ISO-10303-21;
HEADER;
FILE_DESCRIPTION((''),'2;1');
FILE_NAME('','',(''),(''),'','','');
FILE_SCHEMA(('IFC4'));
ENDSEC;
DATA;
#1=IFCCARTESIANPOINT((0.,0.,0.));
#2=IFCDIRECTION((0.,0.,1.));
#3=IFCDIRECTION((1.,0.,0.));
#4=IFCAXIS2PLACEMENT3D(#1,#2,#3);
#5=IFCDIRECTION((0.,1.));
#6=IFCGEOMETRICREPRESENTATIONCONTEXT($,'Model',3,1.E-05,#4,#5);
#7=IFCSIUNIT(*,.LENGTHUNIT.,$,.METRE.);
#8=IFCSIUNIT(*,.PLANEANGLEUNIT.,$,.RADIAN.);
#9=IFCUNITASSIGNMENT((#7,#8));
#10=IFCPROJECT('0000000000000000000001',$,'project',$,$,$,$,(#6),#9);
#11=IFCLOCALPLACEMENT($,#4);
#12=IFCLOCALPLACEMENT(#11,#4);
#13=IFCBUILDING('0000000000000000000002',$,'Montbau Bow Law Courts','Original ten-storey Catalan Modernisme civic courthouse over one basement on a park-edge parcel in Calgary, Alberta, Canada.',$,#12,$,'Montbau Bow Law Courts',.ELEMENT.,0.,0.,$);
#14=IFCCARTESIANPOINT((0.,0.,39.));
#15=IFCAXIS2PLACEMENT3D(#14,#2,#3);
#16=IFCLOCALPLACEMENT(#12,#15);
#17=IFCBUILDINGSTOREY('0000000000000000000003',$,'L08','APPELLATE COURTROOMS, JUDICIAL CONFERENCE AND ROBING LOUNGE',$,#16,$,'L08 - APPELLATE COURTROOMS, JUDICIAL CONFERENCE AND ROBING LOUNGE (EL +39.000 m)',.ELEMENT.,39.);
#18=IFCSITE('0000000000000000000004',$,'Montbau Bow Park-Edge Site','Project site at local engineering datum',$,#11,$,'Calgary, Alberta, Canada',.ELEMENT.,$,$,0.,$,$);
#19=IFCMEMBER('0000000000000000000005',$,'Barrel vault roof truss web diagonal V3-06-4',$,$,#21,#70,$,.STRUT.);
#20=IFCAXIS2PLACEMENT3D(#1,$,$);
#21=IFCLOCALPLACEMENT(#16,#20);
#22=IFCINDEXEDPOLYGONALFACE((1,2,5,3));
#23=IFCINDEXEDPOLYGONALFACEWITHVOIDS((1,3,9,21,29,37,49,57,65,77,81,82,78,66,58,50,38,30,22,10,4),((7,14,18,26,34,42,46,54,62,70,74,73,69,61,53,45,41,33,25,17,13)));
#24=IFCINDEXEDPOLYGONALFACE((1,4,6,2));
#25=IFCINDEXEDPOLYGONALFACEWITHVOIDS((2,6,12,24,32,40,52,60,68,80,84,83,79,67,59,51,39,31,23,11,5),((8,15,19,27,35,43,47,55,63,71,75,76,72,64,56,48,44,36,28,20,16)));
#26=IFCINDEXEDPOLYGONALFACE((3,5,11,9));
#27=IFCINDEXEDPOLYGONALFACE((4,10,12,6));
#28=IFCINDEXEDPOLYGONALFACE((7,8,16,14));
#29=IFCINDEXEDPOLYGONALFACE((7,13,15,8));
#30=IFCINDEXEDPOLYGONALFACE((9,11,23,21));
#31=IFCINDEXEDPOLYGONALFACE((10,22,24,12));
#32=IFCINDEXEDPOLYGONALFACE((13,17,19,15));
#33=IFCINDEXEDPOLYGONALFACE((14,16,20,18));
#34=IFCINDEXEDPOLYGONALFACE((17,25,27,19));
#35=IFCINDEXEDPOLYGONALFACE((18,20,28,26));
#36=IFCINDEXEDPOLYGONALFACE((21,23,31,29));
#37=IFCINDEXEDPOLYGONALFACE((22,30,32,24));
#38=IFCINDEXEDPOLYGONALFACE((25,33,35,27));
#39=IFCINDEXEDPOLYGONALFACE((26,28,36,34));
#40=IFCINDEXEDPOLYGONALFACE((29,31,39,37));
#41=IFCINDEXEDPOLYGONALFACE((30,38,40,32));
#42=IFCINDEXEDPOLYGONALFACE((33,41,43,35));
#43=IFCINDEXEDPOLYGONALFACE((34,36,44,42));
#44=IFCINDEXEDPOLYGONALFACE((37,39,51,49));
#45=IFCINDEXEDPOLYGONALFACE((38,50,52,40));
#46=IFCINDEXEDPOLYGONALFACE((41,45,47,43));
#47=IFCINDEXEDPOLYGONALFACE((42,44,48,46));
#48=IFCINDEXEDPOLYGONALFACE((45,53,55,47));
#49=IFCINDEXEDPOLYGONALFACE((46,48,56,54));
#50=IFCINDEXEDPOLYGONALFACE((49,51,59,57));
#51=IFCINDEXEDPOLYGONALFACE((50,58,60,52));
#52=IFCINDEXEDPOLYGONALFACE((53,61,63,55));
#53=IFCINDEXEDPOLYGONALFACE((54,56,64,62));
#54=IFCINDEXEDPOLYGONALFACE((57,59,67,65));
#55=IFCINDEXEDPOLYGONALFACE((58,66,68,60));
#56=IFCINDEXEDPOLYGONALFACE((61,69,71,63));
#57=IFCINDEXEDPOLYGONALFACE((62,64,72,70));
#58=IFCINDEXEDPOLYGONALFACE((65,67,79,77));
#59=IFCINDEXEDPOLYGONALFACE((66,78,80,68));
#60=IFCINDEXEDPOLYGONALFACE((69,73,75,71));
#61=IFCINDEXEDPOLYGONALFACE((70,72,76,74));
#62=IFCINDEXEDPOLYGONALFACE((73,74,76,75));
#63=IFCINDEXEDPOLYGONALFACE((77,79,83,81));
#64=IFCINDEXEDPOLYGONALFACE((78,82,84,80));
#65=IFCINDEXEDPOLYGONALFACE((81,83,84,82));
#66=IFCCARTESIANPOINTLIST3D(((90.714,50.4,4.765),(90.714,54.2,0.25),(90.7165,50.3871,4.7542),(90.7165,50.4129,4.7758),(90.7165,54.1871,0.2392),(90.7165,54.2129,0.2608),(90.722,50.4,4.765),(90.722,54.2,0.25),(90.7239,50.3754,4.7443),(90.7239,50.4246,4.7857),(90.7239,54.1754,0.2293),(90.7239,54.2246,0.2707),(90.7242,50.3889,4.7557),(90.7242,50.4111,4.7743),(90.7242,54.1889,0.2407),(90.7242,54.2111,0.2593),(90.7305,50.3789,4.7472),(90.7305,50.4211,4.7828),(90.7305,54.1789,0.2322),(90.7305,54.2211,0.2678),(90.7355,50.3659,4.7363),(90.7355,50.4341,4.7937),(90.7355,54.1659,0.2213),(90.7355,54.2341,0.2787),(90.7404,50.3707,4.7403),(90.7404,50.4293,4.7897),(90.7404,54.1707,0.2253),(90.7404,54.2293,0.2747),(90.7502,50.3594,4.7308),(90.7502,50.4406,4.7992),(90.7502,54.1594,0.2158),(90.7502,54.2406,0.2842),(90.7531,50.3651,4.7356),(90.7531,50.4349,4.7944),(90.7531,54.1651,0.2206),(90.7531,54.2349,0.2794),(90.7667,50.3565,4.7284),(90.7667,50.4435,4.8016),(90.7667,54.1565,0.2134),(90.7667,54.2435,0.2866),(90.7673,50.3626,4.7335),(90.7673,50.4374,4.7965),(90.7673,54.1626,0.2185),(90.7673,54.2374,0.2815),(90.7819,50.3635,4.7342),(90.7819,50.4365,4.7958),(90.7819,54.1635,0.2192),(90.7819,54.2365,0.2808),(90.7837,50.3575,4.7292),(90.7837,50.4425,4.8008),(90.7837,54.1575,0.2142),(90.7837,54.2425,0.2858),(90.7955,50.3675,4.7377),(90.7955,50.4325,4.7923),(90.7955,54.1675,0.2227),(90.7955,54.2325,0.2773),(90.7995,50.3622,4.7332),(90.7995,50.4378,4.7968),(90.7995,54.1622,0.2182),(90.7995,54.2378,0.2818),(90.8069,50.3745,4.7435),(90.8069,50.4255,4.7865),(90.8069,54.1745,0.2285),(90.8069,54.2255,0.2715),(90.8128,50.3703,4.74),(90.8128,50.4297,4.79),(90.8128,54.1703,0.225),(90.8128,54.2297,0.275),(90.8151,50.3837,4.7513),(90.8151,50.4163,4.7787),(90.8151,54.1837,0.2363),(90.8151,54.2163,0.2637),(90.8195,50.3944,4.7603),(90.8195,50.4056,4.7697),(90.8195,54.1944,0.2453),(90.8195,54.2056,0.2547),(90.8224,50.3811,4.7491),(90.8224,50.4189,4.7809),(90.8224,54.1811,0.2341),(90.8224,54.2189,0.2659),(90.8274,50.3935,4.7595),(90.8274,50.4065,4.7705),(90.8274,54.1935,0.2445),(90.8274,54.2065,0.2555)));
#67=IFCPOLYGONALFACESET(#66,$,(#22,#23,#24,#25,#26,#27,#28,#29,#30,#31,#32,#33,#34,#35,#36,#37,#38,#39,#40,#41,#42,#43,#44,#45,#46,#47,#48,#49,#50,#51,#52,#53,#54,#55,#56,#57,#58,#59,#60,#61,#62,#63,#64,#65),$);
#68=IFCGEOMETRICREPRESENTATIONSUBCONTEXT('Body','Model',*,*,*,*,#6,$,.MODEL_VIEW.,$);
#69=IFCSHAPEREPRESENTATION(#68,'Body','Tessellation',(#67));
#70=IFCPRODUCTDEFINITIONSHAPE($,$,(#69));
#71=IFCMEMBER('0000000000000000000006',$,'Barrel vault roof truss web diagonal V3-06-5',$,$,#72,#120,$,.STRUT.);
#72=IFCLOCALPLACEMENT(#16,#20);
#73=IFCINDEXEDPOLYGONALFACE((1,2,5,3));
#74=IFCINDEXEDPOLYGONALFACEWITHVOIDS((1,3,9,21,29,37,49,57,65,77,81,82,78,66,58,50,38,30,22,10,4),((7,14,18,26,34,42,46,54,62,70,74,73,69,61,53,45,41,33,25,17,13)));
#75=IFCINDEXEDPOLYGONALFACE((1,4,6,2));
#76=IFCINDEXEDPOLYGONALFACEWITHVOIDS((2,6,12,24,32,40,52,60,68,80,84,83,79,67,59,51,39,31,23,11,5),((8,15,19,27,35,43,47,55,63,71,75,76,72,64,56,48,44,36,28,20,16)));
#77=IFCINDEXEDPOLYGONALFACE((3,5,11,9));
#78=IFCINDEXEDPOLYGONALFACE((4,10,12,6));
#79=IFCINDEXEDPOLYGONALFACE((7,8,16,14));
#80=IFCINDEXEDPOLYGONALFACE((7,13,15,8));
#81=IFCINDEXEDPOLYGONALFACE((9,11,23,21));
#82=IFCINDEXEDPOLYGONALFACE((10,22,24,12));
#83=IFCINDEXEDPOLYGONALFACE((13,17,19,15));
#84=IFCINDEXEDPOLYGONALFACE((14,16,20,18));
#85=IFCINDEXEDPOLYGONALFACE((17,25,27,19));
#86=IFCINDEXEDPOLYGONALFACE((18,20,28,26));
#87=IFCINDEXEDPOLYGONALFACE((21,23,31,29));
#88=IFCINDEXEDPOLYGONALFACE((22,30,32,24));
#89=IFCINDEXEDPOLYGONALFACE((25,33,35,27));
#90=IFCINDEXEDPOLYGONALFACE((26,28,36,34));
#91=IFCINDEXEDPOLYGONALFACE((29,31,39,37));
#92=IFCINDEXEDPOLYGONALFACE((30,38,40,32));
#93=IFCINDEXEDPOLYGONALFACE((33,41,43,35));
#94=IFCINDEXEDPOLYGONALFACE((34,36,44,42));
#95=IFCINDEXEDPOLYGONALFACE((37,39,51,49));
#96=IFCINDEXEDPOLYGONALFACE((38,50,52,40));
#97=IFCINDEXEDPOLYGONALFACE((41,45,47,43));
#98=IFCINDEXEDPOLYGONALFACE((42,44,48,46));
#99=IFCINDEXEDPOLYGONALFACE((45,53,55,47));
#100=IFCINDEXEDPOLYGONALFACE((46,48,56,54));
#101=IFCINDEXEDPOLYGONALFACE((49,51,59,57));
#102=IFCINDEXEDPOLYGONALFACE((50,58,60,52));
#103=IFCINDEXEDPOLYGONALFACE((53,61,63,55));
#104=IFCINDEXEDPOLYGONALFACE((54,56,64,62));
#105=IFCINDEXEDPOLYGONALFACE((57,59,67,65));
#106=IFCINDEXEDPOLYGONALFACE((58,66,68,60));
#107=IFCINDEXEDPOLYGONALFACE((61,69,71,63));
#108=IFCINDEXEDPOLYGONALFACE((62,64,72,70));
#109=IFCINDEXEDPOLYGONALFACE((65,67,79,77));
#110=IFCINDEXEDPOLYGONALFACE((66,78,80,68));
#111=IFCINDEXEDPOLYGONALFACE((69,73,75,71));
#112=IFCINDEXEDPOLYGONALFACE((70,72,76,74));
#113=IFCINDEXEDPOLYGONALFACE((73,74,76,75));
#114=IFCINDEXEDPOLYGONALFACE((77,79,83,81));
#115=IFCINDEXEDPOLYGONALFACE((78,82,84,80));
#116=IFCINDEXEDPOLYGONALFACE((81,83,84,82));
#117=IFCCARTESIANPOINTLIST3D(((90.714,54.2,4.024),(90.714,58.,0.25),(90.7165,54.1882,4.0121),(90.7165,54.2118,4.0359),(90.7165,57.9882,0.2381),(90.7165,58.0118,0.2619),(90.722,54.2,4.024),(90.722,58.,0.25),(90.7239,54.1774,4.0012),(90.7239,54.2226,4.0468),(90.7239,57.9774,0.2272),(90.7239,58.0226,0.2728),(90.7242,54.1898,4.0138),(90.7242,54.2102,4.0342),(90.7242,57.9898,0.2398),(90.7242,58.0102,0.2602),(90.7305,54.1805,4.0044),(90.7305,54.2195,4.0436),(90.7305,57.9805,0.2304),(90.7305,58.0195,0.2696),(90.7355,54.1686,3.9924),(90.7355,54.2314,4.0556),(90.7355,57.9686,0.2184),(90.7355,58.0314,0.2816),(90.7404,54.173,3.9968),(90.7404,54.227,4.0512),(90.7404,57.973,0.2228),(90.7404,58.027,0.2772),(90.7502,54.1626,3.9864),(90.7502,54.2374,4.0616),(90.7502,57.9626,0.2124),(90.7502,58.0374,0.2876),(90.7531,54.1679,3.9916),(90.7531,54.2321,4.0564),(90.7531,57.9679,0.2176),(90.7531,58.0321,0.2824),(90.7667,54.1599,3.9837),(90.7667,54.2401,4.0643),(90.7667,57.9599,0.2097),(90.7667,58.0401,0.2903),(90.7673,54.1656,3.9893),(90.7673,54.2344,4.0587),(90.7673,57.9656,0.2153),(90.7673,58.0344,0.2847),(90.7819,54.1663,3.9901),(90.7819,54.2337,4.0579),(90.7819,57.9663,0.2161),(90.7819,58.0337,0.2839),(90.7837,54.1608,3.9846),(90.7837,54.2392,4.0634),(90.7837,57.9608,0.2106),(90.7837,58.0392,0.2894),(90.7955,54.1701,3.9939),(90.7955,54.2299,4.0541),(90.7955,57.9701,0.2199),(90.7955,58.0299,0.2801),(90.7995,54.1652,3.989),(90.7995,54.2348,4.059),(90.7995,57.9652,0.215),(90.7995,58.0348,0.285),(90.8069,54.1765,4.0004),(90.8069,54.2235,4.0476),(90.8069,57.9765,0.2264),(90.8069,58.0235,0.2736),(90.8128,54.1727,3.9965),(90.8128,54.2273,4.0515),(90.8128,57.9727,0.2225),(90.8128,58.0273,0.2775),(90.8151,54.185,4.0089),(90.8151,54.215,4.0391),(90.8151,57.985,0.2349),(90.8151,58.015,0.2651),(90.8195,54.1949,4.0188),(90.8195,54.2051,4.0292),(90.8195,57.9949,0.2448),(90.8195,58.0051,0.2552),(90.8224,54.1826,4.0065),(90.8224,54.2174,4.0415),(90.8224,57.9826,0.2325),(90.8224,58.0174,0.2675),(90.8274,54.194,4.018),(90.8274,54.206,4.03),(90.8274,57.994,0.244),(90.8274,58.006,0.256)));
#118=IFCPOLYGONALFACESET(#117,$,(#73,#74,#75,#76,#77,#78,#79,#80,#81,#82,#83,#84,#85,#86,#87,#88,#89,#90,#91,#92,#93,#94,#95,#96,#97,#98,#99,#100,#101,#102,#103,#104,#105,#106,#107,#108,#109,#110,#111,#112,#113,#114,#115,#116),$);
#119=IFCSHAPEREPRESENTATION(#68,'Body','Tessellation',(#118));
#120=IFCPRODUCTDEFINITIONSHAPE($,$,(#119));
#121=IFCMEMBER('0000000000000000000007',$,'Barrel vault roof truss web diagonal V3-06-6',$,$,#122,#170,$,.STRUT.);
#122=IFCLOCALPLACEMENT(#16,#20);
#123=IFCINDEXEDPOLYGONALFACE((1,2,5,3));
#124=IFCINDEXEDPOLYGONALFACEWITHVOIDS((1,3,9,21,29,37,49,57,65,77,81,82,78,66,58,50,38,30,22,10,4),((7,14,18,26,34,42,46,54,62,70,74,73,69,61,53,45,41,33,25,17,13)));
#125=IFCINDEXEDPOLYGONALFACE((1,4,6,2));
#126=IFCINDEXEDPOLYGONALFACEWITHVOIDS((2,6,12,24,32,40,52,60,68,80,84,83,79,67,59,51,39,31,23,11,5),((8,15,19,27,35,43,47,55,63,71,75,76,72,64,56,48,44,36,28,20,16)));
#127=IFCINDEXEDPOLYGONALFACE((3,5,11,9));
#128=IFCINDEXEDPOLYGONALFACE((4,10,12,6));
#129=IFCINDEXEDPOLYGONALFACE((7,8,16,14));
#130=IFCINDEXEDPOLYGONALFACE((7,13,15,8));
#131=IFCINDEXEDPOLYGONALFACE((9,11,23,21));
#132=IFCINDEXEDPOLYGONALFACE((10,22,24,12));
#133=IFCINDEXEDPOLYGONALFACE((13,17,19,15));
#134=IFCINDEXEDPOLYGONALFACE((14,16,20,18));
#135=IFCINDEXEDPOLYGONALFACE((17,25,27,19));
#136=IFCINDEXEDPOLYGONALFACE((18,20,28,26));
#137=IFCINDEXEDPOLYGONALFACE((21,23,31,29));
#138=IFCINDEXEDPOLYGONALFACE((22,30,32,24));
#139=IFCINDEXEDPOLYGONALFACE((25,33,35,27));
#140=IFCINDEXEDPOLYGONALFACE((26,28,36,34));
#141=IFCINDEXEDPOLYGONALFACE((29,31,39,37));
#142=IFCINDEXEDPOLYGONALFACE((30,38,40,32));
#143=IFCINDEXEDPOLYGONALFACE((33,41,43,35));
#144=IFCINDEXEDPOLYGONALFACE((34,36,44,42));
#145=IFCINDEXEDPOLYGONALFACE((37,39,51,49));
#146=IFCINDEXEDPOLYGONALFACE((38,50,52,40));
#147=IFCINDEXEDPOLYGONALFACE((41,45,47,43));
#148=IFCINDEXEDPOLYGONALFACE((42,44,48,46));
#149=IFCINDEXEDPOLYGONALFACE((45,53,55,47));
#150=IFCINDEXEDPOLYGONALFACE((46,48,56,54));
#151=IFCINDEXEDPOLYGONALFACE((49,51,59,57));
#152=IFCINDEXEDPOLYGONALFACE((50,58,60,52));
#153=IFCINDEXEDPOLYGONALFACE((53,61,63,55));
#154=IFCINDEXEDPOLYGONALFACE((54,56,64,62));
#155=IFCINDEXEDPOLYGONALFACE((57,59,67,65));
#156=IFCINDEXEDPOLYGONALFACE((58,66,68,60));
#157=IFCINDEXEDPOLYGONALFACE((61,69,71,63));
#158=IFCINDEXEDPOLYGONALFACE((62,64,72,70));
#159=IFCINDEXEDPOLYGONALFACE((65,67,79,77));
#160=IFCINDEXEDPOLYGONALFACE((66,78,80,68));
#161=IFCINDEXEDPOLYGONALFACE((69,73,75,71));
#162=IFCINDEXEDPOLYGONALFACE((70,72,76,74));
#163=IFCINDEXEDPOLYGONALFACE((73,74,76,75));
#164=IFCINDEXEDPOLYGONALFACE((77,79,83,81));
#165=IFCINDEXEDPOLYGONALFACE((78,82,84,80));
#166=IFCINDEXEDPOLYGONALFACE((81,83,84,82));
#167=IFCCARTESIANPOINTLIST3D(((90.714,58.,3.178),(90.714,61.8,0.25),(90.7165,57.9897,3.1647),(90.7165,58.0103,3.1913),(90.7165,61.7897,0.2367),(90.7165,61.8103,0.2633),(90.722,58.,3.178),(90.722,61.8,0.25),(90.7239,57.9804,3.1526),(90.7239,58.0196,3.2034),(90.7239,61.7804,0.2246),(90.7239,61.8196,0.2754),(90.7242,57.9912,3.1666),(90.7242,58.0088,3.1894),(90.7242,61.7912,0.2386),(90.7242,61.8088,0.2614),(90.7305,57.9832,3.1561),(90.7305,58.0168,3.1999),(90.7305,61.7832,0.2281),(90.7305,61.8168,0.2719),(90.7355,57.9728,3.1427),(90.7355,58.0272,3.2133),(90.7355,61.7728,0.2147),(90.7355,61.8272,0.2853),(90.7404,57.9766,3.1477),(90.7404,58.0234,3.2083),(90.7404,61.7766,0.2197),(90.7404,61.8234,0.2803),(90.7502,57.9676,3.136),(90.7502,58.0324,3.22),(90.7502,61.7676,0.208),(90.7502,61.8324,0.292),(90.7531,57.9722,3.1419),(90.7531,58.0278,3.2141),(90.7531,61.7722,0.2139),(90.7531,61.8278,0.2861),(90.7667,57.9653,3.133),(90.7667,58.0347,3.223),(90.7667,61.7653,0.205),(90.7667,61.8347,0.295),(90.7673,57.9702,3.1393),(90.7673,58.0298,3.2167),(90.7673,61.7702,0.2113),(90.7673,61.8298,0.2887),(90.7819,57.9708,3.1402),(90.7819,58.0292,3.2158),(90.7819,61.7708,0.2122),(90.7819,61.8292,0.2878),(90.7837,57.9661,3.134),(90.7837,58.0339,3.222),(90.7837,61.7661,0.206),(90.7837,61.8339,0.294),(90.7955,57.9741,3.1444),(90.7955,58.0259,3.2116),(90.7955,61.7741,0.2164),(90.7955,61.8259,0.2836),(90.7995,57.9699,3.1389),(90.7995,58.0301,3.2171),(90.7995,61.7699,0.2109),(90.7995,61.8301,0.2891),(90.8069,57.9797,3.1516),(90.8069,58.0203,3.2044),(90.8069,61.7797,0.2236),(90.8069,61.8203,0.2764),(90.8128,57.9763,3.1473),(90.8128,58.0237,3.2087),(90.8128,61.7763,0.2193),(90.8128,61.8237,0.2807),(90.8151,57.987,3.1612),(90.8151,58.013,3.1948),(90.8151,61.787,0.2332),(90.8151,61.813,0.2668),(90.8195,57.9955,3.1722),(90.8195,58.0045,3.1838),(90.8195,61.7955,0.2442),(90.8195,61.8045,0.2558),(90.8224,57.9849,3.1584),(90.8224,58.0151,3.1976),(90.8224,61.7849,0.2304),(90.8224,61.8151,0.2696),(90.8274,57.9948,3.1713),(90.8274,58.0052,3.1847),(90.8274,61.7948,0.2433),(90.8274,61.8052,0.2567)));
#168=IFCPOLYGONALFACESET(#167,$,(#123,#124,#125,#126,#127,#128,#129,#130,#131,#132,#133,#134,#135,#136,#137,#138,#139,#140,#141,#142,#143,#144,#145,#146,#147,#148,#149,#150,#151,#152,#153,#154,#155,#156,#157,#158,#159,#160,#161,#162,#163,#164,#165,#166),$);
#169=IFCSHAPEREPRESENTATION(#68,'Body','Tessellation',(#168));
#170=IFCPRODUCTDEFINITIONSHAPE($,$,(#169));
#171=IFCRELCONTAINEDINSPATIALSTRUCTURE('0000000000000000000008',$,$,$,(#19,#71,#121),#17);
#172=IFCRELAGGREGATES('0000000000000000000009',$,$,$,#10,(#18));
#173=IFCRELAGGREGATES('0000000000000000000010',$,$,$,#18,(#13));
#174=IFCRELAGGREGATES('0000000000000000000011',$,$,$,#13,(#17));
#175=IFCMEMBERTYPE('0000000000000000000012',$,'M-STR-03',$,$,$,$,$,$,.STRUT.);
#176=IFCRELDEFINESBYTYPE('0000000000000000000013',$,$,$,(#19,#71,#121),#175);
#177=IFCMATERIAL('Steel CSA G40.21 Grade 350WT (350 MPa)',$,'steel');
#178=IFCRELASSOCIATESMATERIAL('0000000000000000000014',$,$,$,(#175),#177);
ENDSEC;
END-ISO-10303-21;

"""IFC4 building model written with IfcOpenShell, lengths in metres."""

from ifc_helpers import new_model, si_unit, direction, frame, origin_with_axes, origin_2d_with_axis, place, context, subcontext, project, spatial, hollow_circle, extrude, material, material_profile, profile_set, type_object, element, save


model = new_model("IFC4")

# Units and contexts
model_context = context("Model", 3, precision=1e-05, world=origin_with_axes(), true_north=direction((0.0, 1.0)))
body_context = subcontext(model_context, "Body", "Model", "MODEL_VIEW")
ifc_project = project(units=[si_unit("LENGTHUNIT", "METRE"), si_unit("PLANEANGLEUNIT", "RADIAN")], contexts=[model_context])

# Site, building, storey
site_placement = place(None, origin_with_axes())
site = spatial("IfcSite", under=ifc_project, at=site_placement, Name="Montbau Bow Park-Edge Site", Description="Project site at local engineering datum", LongName="Calgary, Alberta, Canada", CompositionType="ELEMENT", RefElevation=0.0)
building_placement = place(site_placement, origin_with_axes())
building = spatial("IfcBuilding", under=site, at=building_placement, Name="Montbau Bow Law Courts", Description="Original ten-storey Catalan Modernisme civic courthouse over one basement on a park-edge parcel in Calgary, Alberta, Canada.", LongName="Montbau Bow Law Courts", CompositionType="ELEMENT", ElevationOfRefHeight=0.0, ElevationOfTerrain=0.0)
storey_placement = place(building_placement, frame((0.0, 0.0, 39.0), z_axis=(0.0, 0.0, 1.0), x_axis=(1.0, 0.0, 0.0)))
storey = spatial("IfcBuildingStorey", under=building, at=storey_placement, Name="L08", Description="APPELLATE COURTROOMS, JUDICIAL CONFERENCE AND ROBING LOUNGE", LongName="L08 - APPELLATE COURTROOMS, JUDICIAL CONFERENCE AND ROBING LOUNGE (EL +39.000 m)", CompositionType="ELEMENT", Elevation=39.0)

# Shared definitions
ifc_material_1 = material(Name="Steel CSA G40.21 Grade 350WT (350 MPa)", Category="steel")

# Members
ifc_material_profile_1 = material_profile(ifc_material_1, hollow_circle(Radius=0.057, WallThickness=0.008, at=origin_2d_with_axis()), Name="HSS114X8.0", Category="Main", Priority=0)
ifc_profile_set_1 = profile_set([ifc_material_profile_1], Name="Steel CSA G40.21 Grade 350WT (350 MPa)")
member_type_1 = type_object("IfcMemberType", Name="M-STR-03", PredefinedType="STRUT", material=ifc_profile_set_1)
member_1_placement = place(None, frame((90.771, 50.4, 43.765), z_axis=(0.0, 0.643927, -0.765087), x_axis=(-1.0, 0.0, 0.0)))
element("IfcMember", 1, at=member_1_placement, inside=storey, type_object=member_type_1, Name="Barrel vault roof truss web diagonal V3-06-4", PredefinedType="STRUT", context=body_context, shape_type="SweptSolid", body=[
    extrude(hollow_circle(Radius=0.057, WallThickness=0.008, at=origin_2d_with_axis()), origin_with_axes(), (0.0, 0.0, 1.0), 5.9013),
])
member_2_placement = place(None, frame((90.771, 54.2, 43.024), z_axis=(0.0, 0.70953, -0.704675), x_axis=(-1.0, 0.0, 0.0)))
element("IfcMember", 2, at=member_2_placement, inside=storey, type_object=member_type_1, Name="Barrel vault roof truss web diagonal V3-06-5", PredefinedType="STRUT", context=body_context, shape_type="SweptSolid", body=[
    extrude(hollow_circle(Radius=0.057, WallThickness=0.008, at=origin_2d_with_axis()), origin_with_axes(), (0.0, 0.0, 1.0), 5.3557),
])
member_3_placement = place(None, frame((90.771, 58.0, 42.178), z_axis=(0.0, 0.792128, -0.610355), x_axis=(-1.0, 0.0, 0.0)))
element("IfcMember", 3, at=member_3_placement, inside=storey, type_object=member_type_1, Name="Barrel vault roof truss web diagonal V3-06-6", PredefinedType="STRUT", context=body_context, shape_type="SweptSolid", body=[
    extrude(hollow_circle(Radius=0.057, WallThickness=0.008, at=origin_2d_with_axis()), origin_with_axes(), (0.0, 0.0, 1.0), 4.7972),
])

save(model, "model.ifc")
